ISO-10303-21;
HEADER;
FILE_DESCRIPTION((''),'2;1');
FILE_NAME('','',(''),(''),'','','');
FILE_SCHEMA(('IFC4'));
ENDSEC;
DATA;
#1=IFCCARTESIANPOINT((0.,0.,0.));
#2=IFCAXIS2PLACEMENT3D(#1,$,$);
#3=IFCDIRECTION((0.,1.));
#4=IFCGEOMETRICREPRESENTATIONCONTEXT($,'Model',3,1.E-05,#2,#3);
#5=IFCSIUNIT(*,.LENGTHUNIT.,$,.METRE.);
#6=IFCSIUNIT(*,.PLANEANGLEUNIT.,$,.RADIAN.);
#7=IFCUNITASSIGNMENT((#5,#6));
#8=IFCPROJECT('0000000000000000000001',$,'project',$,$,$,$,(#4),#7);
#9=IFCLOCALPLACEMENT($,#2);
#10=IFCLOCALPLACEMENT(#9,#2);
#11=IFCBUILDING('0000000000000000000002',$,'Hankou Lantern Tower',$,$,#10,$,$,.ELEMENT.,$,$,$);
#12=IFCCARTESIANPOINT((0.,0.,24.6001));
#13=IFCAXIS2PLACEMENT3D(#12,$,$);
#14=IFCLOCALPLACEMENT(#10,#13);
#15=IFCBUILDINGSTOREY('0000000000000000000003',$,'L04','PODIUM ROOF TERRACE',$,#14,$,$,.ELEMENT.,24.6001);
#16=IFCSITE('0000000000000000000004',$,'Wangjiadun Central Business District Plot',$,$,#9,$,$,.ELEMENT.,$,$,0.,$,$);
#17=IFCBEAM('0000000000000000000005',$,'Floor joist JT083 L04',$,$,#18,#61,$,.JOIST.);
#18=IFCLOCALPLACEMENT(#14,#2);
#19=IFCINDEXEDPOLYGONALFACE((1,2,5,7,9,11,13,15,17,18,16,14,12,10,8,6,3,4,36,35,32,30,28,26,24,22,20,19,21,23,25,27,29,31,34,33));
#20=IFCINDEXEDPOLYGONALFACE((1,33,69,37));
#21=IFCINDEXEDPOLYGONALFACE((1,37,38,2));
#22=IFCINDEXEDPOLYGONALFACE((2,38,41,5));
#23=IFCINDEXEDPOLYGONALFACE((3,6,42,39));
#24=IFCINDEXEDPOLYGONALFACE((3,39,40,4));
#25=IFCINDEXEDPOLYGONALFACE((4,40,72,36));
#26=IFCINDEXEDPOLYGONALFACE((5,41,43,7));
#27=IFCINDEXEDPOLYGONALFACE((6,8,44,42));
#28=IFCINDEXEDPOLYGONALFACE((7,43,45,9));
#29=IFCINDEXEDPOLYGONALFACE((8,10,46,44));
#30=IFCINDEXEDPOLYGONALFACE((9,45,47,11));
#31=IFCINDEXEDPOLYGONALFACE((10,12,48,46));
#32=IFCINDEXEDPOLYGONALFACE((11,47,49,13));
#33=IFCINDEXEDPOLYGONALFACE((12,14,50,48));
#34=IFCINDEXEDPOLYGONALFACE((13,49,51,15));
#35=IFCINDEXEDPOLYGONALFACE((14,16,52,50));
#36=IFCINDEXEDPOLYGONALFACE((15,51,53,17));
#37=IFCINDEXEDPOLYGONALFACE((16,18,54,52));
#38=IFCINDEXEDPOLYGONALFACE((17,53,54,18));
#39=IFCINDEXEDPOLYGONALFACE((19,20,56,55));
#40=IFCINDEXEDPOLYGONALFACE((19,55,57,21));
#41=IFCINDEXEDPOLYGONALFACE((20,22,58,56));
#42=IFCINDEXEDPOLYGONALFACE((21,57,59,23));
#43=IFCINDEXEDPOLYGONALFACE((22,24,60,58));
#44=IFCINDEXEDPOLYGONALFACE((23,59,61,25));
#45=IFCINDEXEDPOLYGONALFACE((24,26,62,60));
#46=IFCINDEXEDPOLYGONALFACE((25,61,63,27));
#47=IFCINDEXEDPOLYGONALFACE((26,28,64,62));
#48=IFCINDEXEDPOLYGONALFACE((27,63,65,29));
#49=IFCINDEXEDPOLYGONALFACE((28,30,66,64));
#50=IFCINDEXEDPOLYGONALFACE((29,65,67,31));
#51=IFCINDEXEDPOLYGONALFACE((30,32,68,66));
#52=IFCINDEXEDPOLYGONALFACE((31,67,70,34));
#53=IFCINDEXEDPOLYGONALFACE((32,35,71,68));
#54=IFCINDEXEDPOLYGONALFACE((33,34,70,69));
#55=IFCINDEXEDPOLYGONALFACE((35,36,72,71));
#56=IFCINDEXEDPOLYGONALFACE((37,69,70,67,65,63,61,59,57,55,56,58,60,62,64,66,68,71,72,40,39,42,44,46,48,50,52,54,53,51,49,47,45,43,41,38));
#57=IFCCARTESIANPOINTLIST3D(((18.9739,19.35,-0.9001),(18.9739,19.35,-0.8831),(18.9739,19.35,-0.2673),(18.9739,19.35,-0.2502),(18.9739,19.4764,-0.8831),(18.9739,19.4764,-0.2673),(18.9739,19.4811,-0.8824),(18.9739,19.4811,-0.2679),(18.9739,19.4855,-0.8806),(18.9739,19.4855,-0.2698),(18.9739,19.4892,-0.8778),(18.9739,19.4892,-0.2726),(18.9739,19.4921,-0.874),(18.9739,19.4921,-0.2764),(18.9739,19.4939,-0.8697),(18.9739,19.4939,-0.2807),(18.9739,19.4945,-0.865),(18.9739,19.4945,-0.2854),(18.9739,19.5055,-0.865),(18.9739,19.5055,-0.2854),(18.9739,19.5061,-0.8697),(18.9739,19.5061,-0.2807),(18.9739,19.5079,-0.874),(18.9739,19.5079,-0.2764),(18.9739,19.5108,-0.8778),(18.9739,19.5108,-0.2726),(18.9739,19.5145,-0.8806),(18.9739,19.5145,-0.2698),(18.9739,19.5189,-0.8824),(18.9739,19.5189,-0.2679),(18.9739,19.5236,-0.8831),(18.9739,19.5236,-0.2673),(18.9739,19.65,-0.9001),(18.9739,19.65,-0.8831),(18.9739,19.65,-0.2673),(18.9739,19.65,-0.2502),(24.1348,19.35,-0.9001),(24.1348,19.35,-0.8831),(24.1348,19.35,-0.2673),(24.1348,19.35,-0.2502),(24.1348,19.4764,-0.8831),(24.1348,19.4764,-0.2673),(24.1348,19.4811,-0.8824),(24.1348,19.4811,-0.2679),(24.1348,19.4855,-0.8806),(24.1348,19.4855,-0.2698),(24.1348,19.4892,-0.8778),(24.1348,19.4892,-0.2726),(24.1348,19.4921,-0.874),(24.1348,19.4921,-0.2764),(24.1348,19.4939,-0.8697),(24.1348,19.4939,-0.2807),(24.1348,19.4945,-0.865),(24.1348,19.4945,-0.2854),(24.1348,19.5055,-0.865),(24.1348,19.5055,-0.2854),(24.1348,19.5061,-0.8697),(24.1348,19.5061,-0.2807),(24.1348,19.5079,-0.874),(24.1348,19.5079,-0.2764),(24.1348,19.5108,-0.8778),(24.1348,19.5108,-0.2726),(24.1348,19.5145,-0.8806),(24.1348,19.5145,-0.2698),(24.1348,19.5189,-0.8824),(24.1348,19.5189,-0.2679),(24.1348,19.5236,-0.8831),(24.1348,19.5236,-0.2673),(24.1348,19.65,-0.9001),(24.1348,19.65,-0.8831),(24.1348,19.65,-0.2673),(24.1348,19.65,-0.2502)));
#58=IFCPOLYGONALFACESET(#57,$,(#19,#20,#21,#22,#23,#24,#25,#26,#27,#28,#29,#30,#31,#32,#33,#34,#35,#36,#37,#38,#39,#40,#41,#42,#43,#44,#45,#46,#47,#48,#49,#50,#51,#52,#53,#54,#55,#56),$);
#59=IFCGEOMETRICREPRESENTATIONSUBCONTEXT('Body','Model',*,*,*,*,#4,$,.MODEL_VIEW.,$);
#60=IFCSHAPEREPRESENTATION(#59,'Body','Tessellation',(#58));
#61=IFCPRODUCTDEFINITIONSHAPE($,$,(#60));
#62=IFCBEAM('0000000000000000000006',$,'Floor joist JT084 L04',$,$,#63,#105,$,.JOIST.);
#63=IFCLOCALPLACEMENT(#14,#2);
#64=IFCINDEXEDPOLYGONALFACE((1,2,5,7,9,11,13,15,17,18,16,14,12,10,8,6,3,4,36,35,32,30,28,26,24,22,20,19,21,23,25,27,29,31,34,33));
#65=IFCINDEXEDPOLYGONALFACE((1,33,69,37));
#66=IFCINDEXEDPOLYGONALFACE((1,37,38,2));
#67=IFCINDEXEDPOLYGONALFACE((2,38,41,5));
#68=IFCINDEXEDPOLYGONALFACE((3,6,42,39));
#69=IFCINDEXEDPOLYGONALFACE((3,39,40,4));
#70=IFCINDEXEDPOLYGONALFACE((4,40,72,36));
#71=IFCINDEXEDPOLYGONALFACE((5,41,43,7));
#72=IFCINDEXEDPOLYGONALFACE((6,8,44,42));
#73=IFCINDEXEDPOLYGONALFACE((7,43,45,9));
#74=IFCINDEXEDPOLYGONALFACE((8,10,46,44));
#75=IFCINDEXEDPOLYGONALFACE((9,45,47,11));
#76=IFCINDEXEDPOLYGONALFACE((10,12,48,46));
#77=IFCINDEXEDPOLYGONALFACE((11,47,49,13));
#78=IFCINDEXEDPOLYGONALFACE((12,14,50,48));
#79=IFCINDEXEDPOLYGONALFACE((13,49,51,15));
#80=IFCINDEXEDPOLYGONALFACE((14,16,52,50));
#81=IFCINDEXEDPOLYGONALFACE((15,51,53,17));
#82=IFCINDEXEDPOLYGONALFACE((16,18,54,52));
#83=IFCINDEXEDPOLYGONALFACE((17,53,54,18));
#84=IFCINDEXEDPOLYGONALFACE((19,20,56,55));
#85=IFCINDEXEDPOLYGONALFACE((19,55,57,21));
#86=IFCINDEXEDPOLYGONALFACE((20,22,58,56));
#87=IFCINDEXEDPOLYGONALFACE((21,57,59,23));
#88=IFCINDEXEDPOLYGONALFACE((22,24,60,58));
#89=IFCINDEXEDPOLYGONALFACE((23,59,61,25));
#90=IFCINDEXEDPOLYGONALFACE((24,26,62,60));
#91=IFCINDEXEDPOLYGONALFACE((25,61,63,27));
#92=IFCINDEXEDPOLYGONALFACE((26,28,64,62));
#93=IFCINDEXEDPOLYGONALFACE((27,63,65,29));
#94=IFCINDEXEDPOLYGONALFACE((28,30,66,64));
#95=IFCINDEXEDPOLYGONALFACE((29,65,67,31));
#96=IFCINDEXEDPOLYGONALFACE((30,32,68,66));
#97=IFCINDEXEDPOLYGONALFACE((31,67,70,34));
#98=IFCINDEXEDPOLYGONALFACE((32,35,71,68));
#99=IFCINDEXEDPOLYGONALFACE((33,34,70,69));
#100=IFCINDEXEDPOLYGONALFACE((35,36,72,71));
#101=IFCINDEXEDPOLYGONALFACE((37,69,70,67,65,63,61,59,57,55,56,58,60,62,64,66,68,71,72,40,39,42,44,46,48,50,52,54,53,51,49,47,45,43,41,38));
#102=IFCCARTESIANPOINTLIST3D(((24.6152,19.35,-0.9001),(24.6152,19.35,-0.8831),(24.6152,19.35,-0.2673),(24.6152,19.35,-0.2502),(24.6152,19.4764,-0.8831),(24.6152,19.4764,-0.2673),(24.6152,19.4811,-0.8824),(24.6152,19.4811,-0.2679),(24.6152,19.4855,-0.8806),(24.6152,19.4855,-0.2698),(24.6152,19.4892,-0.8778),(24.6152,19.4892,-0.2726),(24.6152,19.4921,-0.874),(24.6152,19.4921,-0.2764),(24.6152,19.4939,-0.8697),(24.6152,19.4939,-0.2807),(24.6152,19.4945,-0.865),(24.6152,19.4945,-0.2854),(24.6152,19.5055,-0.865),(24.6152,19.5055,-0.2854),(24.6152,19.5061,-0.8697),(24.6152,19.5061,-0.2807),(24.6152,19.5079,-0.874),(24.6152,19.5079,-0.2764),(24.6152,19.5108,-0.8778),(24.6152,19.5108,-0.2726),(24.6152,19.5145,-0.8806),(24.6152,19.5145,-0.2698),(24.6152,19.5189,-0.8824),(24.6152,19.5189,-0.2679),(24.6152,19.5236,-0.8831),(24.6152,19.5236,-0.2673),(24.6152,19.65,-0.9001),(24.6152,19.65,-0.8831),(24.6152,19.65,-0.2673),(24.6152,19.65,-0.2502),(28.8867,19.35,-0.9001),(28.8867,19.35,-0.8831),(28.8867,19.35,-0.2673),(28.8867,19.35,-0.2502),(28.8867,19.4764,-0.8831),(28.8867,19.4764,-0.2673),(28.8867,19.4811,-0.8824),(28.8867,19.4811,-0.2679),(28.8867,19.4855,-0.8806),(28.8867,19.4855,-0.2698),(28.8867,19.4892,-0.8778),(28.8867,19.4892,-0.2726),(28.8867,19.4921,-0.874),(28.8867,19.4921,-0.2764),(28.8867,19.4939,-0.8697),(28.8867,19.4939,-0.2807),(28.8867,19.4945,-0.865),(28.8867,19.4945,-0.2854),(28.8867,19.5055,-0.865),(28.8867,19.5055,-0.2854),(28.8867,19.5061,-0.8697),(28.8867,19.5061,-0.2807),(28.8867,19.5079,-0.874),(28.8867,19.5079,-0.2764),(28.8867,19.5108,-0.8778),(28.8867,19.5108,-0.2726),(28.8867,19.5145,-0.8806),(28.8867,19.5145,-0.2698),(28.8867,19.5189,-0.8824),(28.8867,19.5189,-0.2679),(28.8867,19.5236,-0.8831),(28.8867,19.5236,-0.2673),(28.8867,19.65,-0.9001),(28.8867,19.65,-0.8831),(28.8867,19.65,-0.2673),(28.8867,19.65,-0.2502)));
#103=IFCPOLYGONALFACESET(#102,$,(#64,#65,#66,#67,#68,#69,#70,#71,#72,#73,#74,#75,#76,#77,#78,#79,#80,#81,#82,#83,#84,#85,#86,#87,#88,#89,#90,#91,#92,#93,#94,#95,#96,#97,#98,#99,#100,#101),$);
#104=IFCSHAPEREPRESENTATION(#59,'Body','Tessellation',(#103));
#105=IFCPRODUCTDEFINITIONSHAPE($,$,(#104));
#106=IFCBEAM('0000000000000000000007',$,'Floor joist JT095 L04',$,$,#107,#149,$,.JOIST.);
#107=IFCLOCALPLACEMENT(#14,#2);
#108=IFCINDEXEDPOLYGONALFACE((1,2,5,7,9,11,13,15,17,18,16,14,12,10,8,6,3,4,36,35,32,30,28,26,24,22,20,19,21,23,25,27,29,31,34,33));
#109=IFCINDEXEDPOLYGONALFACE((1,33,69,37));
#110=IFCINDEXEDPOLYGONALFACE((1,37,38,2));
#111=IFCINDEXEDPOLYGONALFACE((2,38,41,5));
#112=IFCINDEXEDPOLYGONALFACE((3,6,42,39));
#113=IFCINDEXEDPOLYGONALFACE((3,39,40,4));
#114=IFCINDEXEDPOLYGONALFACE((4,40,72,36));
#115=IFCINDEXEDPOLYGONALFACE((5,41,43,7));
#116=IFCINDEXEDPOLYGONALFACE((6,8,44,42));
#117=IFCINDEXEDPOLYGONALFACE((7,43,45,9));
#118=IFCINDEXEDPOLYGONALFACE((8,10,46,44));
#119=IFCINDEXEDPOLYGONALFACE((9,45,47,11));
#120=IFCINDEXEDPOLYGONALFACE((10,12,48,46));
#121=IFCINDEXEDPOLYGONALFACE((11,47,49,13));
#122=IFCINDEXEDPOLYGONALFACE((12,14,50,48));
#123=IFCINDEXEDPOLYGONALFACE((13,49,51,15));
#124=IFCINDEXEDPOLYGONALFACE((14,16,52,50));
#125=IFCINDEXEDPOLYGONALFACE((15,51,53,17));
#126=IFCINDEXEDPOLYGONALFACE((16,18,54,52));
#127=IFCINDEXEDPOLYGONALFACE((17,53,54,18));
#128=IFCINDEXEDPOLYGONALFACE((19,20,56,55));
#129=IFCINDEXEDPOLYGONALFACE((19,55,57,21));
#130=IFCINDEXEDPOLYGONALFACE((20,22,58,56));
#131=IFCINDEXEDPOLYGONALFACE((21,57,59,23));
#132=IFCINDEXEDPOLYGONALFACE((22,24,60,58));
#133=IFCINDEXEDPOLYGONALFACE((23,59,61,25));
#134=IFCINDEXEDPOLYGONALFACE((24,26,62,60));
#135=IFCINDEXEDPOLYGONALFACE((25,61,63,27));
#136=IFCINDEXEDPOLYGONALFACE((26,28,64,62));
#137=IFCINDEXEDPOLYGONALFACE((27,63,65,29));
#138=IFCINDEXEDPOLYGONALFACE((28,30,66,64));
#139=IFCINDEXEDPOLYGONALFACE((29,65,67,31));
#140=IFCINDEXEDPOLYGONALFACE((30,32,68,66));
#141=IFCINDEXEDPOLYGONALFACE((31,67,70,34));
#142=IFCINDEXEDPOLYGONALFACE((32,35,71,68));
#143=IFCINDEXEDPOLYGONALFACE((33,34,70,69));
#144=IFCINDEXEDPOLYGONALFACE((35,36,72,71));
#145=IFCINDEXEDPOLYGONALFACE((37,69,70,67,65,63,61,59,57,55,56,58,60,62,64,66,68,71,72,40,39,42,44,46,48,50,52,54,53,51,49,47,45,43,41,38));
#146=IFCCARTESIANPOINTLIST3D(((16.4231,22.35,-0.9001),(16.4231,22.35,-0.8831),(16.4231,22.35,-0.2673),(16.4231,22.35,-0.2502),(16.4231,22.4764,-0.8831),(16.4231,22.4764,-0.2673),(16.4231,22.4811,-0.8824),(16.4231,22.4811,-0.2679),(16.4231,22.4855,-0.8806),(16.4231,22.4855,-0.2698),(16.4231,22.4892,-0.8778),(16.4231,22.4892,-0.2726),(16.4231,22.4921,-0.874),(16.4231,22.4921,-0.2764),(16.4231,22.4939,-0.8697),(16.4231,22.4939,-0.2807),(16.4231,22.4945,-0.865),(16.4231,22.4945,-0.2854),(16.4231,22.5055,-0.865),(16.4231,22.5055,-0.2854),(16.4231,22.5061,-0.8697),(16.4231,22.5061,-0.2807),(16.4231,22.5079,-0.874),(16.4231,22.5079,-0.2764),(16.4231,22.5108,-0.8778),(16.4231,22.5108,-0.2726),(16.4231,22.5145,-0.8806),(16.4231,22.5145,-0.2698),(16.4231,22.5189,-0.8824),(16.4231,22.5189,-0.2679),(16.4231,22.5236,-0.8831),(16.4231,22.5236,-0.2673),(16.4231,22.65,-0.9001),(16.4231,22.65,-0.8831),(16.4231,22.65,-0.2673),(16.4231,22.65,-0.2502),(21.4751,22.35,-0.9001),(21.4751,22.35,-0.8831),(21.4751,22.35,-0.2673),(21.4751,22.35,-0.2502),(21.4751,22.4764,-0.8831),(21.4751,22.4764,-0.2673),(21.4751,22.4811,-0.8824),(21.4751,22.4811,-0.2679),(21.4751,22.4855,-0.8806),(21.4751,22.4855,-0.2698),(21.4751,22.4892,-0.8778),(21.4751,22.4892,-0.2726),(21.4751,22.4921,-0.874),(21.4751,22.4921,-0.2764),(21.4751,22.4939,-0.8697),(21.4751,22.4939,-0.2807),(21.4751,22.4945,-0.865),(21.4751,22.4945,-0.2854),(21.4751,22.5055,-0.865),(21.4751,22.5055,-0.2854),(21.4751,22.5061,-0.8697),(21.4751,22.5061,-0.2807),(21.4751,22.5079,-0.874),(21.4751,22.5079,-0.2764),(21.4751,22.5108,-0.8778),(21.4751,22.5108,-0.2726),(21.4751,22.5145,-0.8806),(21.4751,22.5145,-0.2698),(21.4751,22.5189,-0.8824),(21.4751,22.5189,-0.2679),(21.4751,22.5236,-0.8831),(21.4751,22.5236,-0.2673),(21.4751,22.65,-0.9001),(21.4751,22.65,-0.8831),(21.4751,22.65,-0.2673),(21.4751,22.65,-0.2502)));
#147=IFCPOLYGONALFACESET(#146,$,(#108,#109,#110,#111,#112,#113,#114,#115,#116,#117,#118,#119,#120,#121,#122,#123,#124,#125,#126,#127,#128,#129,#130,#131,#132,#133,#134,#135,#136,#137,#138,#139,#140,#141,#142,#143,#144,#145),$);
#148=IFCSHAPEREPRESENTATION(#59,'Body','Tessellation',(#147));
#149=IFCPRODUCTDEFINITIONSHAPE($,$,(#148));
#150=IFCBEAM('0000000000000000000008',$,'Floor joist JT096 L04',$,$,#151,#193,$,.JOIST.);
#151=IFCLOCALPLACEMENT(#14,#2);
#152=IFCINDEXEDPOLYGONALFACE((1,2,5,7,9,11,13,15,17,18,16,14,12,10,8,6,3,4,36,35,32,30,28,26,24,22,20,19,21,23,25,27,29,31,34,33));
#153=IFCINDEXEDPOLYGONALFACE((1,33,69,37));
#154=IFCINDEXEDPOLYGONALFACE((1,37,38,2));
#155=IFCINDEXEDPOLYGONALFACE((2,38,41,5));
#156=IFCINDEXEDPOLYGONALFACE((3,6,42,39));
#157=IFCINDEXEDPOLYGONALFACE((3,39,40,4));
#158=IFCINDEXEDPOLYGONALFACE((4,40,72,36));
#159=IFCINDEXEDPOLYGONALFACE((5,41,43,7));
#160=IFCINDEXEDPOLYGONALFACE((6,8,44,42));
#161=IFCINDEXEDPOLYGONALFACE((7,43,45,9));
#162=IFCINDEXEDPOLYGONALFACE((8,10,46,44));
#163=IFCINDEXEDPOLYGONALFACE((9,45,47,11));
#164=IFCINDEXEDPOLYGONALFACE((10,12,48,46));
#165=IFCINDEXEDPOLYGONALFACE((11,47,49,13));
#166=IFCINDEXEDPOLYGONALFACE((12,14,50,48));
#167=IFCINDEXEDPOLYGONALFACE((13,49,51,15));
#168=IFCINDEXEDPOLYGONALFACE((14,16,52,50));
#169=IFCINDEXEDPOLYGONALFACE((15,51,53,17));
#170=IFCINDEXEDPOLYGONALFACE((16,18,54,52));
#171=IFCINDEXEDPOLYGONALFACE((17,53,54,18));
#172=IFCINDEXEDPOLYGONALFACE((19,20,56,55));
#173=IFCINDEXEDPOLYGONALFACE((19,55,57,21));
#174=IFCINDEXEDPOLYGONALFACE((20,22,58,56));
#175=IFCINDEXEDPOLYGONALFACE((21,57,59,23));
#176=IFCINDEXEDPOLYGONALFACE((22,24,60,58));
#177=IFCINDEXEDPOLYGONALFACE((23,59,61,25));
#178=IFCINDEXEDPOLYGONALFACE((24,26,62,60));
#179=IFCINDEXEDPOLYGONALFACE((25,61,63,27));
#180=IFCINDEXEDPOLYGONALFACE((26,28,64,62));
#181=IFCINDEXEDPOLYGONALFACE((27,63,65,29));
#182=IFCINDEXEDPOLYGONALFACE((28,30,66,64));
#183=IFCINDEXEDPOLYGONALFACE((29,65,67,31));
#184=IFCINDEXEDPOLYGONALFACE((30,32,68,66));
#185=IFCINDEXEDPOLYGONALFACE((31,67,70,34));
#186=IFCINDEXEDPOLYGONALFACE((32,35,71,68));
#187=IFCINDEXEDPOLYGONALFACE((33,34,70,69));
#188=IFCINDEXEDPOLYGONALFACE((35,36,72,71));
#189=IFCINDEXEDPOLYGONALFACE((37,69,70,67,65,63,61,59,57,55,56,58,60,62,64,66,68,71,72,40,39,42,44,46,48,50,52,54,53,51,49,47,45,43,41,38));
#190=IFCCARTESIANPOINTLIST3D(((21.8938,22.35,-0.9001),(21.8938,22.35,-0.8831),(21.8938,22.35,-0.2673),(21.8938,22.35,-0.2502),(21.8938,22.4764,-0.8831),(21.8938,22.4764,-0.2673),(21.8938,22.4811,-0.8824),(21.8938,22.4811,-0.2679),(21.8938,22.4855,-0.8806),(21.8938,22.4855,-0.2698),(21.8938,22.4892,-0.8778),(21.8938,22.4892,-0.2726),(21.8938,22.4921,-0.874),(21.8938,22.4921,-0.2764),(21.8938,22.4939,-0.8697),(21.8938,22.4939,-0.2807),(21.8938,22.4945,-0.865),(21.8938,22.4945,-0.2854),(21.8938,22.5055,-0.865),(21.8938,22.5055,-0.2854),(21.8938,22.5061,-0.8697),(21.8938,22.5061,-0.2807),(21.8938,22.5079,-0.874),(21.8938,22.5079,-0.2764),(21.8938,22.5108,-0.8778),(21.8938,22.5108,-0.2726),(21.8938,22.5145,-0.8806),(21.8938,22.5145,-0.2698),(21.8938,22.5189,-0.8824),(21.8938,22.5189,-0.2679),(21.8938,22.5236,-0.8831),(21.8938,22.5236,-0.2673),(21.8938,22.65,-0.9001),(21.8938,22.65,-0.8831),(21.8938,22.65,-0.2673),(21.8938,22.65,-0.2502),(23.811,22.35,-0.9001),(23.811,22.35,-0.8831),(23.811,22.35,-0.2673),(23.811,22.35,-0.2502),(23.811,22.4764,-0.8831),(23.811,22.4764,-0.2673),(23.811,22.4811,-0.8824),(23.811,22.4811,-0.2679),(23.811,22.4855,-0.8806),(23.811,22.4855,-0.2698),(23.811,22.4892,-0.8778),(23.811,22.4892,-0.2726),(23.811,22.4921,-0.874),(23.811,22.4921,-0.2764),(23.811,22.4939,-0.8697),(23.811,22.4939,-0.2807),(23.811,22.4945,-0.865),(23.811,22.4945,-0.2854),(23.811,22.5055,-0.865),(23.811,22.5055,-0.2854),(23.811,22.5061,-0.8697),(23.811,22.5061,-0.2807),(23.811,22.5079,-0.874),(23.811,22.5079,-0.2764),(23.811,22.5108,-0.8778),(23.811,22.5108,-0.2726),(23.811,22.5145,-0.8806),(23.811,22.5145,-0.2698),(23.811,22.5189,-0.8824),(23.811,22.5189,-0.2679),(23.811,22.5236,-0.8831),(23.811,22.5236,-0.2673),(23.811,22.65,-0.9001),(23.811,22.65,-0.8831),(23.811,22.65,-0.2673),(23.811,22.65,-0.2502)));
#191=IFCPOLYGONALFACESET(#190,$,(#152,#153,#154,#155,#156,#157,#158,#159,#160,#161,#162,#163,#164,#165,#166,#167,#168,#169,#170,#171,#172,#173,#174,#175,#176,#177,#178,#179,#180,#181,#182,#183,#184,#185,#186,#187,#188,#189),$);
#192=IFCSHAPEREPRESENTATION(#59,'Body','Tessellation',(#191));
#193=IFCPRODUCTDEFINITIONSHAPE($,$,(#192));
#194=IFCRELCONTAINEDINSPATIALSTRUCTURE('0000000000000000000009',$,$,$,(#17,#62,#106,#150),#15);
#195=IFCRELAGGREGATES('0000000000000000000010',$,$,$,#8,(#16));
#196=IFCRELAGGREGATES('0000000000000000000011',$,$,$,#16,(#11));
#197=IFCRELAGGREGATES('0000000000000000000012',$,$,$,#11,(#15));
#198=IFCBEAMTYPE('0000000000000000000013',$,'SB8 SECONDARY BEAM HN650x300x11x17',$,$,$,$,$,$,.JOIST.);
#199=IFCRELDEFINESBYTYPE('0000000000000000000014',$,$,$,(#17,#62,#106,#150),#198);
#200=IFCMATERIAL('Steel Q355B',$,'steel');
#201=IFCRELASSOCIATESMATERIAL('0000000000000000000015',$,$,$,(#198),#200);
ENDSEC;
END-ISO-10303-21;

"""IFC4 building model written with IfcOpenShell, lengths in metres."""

from ifc_helpers import new_model, si_unit, direction, frame, origin, origin_2d, place, context, subcontext, project, spatial, i_section, extrude, material, material_profile, profile_set, type_object, element, save


model = new_model("IFC4")

# Units and contexts
model_context = context("Model", 3, precision=1e-05, world=origin(), true_north=direction((0.0, 1.0)))
body_context = subcontext(model_context, "Body", "Model", "MODEL_VIEW")
ifc_project = project(units=[si_unit("LENGTHUNIT", "METRE"), si_unit("PLANEANGLEUNIT", "RADIAN")], contexts=[model_context])

# Site, building, storey
site_placement = place(None, origin())
site = spatial("IfcSite", under=ifc_project, at=site_placement, Name="Wangjiadun Central Business District Plot", CompositionType="ELEMENT", RefElevation=0.0)
building_placement = place(site_placement, origin())
building = spatial("IfcBuilding", under=site, at=building_placement, Name="Hankou Lantern Tower", CompositionType="ELEMENT")
storey_placement = place(building_placement, frame((0.0, 0.0, 24.6001)))
storey = spatial("IfcBuildingStorey", under=building, at=storey_placement, Name="L04", Description="PODIUM ROOF TERRACE", CompositionType="ELEMENT", Elevation=24.6001)

# Beams
ifc_material_1 = material(Name="Steel Q355B", Category="steel")
ifc_material_profile_1 = material_profile(ifc_material_1, i_section(OverallWidth=0.3, OverallDepth=0.6499, WebThickness=0.011, FlangeThickness=0.0171, FilletRadius=0.0181, at=origin_2d()), Name="HN650x300x11x17")
ifc_profile_set_1 = profile_set([ifc_material_profile_1], Name="Steel Q355B")
beam_type_1 = type_object("IfcBeamType", Name="SB8 SECONDARY BEAM HN650x300x11x17", PredefinedType="JOIST", material=ifc_profile_set_1)
beam_1_placement = place(storey_placement, frame((18.9739, 19.5, -0.5752), z_axis=(1.0, 0.0, 0.0), x_axis=(0.0, 1.0, 0.0)))
element("IfcBeam", 1, at=beam_1_placement, inside=storey, type_object=beam_type_1, Name="Floor joist JT083 L04", PredefinedType="JOIST", context=body_context, shape_type="SweptSolid", body=[
    extrude(i_section(OverallWidth=0.3, OverallDepth=0.6499, WebThickness=0.011, FlangeThickness=0.0171, FilletRadius=0.0181, at=origin_2d()), origin(), (0.0, 0.0, 1.0), 5.1609),
])
beam_2_placement = place(storey_placement, frame((24.6152, 19.5, -0.5752), z_axis=(1.0, 0.0, 0.0), x_axis=(0.0, 1.0, 0.0)))
element("IfcBeam", 2, at=beam_2_placement, inside=storey, type_object=beam_type_1, Name="Floor joist JT084 L04", PredefinedType="JOIST", context=body_context, shape_type="SweptSolid", body=[
    extrude(i_section(OverallWidth=0.3, OverallDepth=0.6499, WebThickness=0.011, FlangeThickness=0.0171, FilletRadius=0.0181, at=origin_2d()), origin(), (0.0, 0.0, 1.0), 4.2715),
])
beam_3_placement = place(storey_placement, frame((16.4231, 22.5, -0.5752), z_axis=(1.0, 0.0, 0.0), x_axis=(0.0, 1.0, 0.0)))
element("IfcBeam", 3, at=beam_3_placement, inside=storey, type_object=beam_type_1, Name="Floor joist JT095 L04", PredefinedType="JOIST", context=body_context, shape_type="SweptSolid", body=[
    extrude(i_section(OverallWidth=0.3, OverallDepth=0.6499, WebThickness=0.011, FlangeThickness=0.0171, FilletRadius=0.0181, at=origin_2d()), origin(), (0.0, 0.0, 1.0), 5.052),
])
beam_4_placement = place(storey_placement, frame((21.8938, 22.5, -0.5752), z_axis=(1.0, 0.0, 0.0), x_axis=(0.0, 1.0, 0.0)))
element("IfcBeam", 4, at=beam_4_placement, inside=storey, type_object=beam_type_1, Name="Floor joist JT096 L04", PredefinedType="JOIST", context=body_context, shape_type="SweptSolid", body=[
    extrude(i_section(OverallWidth=0.3, OverallDepth=0.6499, WebThickness=0.011, FlangeThickness=0.0171, FilletRadius=0.0181, at=origin_2d()), origin(), (0.0, 0.0, 1.0), 1.9172),
])

save(model, "model.ifc")
